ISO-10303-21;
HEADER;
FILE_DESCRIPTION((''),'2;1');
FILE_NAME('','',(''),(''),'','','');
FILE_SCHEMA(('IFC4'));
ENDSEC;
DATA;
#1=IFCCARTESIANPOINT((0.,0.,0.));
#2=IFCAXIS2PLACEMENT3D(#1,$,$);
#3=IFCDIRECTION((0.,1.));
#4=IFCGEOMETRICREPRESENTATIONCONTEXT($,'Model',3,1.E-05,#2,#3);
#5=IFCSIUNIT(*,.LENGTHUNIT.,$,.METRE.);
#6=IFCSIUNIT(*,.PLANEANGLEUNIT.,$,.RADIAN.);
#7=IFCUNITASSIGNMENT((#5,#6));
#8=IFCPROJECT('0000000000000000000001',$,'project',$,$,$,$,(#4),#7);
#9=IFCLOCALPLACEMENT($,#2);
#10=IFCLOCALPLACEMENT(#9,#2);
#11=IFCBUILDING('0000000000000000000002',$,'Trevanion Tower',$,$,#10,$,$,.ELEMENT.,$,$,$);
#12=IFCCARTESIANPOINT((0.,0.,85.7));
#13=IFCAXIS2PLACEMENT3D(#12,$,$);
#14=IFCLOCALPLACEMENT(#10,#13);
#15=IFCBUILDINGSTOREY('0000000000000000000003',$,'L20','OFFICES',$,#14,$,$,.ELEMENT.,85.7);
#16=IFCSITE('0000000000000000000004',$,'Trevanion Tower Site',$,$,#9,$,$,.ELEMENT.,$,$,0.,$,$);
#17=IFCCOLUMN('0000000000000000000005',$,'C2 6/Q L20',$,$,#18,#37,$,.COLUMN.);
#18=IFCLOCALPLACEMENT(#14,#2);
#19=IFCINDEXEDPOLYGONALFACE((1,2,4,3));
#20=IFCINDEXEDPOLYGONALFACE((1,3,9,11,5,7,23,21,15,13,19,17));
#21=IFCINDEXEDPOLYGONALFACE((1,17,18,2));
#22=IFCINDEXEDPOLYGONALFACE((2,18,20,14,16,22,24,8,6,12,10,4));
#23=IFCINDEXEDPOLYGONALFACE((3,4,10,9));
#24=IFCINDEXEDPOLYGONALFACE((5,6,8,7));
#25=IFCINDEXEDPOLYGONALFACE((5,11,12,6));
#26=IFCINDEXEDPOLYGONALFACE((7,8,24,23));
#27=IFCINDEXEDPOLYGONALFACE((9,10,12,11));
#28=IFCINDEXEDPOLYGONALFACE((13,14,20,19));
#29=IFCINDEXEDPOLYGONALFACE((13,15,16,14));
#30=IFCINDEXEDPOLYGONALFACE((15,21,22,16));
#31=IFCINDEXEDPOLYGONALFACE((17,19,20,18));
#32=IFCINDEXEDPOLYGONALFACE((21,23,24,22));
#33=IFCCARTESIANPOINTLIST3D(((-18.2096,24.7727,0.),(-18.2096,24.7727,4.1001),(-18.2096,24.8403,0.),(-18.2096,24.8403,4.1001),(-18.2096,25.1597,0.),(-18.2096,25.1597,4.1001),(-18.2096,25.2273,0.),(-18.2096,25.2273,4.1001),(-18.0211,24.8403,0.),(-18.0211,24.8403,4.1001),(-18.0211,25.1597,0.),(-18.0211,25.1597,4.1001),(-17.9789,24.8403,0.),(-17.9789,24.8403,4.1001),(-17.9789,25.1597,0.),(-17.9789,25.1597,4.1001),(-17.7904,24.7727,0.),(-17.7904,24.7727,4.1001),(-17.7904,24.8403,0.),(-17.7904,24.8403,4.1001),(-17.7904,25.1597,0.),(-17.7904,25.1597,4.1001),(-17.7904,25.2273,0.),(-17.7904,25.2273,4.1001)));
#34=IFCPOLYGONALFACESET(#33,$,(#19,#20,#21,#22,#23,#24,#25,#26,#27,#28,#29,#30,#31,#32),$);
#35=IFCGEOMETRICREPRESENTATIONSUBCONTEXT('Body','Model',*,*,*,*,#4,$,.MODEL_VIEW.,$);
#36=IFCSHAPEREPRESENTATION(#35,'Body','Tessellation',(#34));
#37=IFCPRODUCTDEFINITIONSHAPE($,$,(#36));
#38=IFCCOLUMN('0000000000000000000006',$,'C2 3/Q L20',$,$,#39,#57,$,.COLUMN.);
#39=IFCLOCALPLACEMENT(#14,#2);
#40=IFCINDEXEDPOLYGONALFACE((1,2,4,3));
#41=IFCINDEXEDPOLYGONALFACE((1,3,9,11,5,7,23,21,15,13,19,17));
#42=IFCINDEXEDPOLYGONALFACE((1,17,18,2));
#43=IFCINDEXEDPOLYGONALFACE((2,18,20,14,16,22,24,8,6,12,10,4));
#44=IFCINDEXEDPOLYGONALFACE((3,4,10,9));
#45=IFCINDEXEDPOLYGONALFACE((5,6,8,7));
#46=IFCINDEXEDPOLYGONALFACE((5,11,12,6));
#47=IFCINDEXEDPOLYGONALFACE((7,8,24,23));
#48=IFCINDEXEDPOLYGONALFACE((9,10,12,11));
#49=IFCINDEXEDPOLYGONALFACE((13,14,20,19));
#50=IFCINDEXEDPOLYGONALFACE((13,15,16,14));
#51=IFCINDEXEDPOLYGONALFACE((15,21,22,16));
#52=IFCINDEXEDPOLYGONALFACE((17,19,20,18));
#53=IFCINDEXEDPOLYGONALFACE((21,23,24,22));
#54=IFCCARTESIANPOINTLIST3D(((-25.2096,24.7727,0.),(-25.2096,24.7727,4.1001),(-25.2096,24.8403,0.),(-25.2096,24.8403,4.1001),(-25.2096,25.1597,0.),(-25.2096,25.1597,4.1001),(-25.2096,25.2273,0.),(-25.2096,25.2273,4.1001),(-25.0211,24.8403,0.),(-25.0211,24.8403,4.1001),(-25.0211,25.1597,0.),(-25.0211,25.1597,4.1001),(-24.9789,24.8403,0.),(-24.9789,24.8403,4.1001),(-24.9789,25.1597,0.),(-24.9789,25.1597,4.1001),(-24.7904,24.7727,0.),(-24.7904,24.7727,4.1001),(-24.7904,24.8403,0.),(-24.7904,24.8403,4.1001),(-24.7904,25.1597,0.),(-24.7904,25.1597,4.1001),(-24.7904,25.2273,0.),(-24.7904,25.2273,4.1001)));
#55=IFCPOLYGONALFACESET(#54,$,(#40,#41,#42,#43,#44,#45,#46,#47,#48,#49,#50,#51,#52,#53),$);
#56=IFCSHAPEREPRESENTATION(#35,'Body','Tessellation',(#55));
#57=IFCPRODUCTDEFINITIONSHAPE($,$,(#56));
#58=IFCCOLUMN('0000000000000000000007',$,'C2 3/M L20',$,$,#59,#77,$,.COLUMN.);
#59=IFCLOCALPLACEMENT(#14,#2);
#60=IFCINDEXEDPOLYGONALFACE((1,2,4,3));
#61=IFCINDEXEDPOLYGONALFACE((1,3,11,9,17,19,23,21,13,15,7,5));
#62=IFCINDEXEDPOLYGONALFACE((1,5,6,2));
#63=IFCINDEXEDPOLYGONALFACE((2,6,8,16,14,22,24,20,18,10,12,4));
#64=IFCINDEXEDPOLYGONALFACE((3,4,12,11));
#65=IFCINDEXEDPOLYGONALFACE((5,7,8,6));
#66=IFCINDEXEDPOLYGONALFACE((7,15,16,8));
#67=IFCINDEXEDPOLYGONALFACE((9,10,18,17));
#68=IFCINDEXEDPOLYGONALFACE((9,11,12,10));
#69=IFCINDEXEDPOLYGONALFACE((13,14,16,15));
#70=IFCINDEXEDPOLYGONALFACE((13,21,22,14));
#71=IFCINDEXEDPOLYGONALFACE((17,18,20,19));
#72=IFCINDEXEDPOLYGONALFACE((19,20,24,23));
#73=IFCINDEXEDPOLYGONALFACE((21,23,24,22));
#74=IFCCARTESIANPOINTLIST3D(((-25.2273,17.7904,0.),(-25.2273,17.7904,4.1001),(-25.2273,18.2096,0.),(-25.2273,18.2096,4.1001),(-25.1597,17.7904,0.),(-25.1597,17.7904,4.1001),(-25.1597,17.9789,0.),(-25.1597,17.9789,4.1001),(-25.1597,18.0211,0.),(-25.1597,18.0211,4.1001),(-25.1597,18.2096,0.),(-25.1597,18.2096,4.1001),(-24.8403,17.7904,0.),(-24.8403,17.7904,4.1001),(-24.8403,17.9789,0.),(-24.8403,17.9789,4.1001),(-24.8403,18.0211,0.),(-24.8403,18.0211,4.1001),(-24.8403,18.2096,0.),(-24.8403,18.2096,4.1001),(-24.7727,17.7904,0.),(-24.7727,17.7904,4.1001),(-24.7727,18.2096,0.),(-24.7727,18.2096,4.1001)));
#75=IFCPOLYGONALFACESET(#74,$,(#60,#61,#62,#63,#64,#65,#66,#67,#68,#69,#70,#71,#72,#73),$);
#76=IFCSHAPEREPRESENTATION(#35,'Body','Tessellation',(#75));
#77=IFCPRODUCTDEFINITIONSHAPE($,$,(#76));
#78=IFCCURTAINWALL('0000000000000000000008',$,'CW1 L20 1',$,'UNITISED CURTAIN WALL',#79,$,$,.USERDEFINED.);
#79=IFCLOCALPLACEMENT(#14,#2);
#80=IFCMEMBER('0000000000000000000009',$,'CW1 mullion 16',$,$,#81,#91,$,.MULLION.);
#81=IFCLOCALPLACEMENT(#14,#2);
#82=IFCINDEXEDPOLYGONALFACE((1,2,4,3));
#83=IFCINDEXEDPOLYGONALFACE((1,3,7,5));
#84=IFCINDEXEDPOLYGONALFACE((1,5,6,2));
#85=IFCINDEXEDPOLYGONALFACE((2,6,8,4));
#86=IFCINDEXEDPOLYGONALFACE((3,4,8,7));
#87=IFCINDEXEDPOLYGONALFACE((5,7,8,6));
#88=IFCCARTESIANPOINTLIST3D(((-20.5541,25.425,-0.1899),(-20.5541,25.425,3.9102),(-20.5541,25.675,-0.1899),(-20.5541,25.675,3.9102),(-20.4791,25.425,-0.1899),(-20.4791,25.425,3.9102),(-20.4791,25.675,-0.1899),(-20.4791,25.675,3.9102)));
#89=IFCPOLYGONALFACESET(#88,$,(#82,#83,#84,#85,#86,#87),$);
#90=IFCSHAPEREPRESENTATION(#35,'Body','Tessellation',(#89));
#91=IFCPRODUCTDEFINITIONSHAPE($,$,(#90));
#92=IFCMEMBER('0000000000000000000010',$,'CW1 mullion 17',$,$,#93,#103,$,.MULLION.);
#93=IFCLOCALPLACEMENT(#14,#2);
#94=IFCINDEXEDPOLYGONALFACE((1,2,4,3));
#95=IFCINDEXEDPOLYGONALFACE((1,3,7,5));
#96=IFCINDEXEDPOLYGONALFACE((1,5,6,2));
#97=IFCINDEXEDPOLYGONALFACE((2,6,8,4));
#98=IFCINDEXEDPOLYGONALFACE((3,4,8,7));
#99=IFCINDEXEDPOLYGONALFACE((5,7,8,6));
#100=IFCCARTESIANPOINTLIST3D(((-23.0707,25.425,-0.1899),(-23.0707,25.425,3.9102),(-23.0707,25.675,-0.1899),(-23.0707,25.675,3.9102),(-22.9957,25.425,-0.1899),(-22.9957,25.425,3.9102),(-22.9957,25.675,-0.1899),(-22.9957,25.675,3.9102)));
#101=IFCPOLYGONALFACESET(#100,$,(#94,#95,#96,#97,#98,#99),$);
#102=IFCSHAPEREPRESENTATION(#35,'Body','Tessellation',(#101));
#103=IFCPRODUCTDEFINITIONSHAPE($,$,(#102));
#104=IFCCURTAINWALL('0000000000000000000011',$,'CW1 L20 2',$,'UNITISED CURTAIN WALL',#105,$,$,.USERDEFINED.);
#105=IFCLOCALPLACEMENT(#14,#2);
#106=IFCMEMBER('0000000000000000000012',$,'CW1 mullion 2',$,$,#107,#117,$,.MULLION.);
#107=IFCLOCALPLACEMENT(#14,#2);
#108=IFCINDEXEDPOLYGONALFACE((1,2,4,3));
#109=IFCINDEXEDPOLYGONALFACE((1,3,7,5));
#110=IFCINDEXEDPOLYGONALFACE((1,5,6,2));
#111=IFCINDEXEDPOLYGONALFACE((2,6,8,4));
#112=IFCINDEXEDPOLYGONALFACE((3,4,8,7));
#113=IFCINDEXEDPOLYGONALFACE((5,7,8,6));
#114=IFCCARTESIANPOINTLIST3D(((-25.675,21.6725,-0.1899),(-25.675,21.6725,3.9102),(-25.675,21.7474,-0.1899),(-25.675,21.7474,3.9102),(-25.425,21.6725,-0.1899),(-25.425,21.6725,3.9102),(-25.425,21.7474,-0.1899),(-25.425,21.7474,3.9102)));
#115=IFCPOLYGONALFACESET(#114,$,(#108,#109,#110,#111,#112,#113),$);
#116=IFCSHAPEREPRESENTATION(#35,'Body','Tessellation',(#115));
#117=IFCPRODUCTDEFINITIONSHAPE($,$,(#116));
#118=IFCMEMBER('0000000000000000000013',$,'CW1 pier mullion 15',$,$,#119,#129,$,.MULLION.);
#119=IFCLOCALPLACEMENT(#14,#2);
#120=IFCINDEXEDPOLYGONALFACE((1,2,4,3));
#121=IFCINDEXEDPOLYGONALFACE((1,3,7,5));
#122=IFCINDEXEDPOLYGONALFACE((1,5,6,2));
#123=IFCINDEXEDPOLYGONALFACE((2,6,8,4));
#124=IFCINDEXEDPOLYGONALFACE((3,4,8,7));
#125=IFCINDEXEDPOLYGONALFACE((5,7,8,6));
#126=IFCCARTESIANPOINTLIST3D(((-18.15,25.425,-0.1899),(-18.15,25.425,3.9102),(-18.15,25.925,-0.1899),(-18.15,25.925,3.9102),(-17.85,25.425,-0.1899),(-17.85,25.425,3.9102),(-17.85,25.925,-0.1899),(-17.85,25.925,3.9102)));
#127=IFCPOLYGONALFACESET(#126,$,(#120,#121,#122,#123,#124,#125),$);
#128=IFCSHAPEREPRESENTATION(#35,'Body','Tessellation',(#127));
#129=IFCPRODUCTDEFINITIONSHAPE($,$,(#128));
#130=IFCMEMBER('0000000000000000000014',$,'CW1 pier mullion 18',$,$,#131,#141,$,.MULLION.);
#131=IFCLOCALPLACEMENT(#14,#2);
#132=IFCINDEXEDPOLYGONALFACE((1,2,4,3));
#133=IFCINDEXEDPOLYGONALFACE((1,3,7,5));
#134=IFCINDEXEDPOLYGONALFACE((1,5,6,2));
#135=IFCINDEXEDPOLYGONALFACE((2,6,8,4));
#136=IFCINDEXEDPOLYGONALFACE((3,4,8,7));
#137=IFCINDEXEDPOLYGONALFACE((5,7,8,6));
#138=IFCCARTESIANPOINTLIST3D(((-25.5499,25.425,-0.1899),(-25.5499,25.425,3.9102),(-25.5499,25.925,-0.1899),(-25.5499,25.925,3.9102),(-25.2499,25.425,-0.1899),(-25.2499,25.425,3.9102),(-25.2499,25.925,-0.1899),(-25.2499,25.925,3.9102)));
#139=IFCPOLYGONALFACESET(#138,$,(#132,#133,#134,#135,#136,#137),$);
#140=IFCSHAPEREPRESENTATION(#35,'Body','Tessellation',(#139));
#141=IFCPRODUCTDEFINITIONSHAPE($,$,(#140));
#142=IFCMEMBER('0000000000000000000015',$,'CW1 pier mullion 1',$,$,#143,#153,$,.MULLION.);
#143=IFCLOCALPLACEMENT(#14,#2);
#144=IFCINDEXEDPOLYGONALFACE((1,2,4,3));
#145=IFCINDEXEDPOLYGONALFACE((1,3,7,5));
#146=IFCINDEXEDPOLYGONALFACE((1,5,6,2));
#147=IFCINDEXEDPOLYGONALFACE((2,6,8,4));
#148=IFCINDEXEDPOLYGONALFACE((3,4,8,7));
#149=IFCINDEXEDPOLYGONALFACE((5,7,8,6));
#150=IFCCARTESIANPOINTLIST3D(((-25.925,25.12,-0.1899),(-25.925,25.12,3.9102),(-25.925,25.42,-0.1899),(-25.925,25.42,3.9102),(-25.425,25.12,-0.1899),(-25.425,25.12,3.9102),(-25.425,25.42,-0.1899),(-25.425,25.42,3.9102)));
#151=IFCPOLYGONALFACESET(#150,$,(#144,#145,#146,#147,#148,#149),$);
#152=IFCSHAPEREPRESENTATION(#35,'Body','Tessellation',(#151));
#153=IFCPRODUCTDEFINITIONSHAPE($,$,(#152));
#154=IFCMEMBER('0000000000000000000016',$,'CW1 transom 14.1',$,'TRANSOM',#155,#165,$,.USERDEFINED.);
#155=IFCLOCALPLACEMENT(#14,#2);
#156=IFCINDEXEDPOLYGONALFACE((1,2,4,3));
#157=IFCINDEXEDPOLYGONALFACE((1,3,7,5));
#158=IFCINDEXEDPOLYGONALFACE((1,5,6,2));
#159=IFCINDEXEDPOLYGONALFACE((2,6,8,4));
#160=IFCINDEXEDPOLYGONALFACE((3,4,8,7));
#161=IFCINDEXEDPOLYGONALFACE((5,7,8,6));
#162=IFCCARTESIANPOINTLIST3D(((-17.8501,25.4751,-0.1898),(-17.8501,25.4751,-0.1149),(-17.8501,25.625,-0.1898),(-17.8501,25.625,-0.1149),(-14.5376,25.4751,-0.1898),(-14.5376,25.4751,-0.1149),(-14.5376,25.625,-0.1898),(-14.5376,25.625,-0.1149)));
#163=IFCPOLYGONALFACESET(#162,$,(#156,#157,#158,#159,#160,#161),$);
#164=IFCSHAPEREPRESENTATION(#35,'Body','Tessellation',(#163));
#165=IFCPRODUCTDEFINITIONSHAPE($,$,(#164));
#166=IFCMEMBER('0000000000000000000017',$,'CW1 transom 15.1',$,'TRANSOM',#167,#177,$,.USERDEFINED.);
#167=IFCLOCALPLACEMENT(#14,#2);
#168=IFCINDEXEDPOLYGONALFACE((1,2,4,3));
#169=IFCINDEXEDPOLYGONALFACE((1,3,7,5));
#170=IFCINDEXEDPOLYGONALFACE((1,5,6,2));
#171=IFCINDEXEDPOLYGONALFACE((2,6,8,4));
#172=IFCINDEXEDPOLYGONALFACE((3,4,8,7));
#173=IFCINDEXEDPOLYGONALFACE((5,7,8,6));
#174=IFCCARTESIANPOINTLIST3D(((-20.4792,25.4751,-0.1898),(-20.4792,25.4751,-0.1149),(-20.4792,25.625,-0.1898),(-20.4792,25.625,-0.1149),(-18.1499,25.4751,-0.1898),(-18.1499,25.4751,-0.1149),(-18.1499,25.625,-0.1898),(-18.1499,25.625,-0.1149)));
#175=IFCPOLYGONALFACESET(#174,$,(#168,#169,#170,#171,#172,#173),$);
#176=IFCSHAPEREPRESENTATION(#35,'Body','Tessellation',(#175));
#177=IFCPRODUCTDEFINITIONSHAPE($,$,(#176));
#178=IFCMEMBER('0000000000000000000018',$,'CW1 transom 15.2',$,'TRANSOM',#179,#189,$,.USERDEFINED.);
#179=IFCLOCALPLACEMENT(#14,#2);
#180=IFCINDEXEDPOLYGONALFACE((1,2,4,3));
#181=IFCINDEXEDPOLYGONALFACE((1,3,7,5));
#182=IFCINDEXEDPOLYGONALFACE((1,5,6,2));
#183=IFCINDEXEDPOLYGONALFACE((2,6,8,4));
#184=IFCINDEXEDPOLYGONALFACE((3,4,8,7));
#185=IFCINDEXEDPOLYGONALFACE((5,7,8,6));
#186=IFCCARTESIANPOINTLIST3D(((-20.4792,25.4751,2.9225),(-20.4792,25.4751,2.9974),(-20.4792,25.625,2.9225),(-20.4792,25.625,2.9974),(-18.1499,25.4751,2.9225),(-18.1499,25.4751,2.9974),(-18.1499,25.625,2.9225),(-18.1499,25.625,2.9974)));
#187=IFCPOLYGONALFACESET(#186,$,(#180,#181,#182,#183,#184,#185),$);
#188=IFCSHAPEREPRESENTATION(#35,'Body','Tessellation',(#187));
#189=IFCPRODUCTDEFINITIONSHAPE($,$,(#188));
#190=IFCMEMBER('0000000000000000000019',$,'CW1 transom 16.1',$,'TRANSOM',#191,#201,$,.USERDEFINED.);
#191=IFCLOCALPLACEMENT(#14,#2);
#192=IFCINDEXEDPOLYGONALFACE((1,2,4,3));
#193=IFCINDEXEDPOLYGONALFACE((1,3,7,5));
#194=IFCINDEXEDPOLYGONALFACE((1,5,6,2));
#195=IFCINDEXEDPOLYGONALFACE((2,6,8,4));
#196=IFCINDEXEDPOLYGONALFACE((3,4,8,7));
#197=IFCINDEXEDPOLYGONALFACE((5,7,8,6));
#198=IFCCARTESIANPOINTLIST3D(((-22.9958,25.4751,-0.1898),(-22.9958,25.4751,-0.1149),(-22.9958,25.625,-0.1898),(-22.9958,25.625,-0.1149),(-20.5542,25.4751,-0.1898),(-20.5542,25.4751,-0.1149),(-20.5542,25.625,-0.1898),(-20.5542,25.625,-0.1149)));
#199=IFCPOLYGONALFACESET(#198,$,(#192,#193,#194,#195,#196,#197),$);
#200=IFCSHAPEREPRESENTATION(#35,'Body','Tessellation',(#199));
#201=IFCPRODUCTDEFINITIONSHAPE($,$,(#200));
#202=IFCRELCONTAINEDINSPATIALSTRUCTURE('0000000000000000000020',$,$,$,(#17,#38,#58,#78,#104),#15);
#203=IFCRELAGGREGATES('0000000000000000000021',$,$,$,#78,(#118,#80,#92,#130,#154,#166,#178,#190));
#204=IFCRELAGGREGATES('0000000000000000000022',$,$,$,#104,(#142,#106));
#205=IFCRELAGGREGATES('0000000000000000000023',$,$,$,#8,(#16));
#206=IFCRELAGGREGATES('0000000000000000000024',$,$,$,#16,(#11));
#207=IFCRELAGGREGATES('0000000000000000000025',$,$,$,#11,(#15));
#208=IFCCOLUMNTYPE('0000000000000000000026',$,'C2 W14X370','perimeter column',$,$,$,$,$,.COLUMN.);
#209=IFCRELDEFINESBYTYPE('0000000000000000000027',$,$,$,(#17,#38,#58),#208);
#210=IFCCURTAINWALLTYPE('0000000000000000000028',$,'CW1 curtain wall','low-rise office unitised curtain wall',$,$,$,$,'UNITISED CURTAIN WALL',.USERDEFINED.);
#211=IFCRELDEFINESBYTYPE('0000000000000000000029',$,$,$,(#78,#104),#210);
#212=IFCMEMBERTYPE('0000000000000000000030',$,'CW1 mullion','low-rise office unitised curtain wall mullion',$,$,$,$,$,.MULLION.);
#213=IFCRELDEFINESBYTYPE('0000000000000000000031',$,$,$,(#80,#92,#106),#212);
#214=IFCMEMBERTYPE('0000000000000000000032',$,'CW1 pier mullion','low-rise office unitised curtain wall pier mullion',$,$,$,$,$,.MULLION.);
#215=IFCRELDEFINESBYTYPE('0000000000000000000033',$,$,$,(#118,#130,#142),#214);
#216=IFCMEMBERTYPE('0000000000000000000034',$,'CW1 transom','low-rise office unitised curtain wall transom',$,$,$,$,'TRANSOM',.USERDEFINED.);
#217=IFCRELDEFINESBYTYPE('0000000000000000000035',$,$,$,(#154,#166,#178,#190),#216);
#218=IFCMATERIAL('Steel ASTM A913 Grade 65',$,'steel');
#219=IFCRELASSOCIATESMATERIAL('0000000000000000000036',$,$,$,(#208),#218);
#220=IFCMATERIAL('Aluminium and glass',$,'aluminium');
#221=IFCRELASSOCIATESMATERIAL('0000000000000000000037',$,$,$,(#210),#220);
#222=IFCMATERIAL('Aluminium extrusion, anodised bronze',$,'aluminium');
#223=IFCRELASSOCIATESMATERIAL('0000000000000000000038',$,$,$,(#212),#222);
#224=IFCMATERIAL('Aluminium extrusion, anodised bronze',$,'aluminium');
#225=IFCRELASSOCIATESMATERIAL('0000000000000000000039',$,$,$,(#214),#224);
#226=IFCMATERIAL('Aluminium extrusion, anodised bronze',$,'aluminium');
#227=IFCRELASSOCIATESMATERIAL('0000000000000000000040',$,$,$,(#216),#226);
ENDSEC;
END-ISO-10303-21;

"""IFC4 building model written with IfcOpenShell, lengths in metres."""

from ifc_helpers import new_model, si_unit, direction, frame, origin, origin_2d, place, context, subcontext, project, spatial, rectangle, i_section, extrude, material, material_profile, profile_set, type_object, element, aggregate, save


model = new_model("IFC4")

# Units and contexts
model_context = context("Model", 3, precision=1e-05, world=origin(), true_north=direction((0.0, 1.0)))
body_context = subcontext(model_context, "Body", "Model", "MODEL_VIEW")
ifc_project = project(units=[si_unit("LENGTHUNIT", "METRE"), si_unit("PLANEANGLEUNIT", "RADIAN")], contexts=[model_context])

# Site, building, storey
site_placement = place(None, origin())
site = spatial("IfcSite", under=ifc_project, at=site_placement, Name="Trevanion Tower Site", CompositionType="ELEMENT", RefElevation=0.0)
building_placement = place(site_placement, origin())
building = spatial("IfcBuilding", under=site, at=building_placement, Name="Trevanion Tower", CompositionType="ELEMENT")
storey_placement = place(building_placement, frame((0.0, 0.0, 85.7)))
storey = spatial("IfcBuildingStorey", under=building, at=storey_placement, Name="L20", Description="OFFICES", CompositionType="ELEMENT", Elevation=85.7)

# Columns
ifc_material_1 = material(Name="Steel ASTM A913 Grade 65", Category="steel")
ifc_material_profile_1 = material_profile(ifc_material_1, i_section(OverallWidth=0.4192, OverallDepth=0.4546, WebThickness=0.0422, FlangeThickness=0.0676, at=origin_2d()), Name="W14X370")
ifc_profile_set_1 = profile_set([ifc_material_profile_1], Name="Steel ASTM A913 Grade 65")
column_type = type_object("IfcColumnType", Name="C2 W14X370", Description="perimeter column", PredefinedType="COLUMN", material=ifc_profile_set_1)
for number, where, z_axis, x_axis, name in (
    (1, (-18.0, 25.0, 0.0), (0.0, 0.0, 1.0), (1.0, 0.0, 0.0), "C2 6/Q L20"),
    (2, (-25.0, 25.0, 0.0), (0.0, 0.0, 1.0), (1.0, 0.0, 0.0), "C2 3/Q L20"),
    (3, (-25.0, 18.0, 0.0), (0.0, 0.0, 1.0), (0.0, 1.0, 0.0), "C2 3/M L20"),
):
    element("IfcColumn", number, at=place(storey_placement, frame(where, z_axis=z_axis, x_axis=x_axis)), inside=storey, type_object=column_type, Name=name, PredefinedType="COLUMN", context=body_context, shape_type="SweptSolid", body=[
        extrude(i_section(OverallWidth=0.4192, OverallDepth=0.4546, WebThickness=0.0422, FlangeThickness=0.0676, at=origin_2d()), origin(), (0.0, 0.0, 1.0), 4.1001),
    ])

# Curtain wall, members
ifc_material_2 = material(Name="Aluminium and glass", Category="aluminium")
curtain_wall_type = type_object("IfcCurtainWallType", Name="CW1 curtain wall", Description="low-rise office unitised curtain wall", ElementType="UNITISED CURTAIN WALL", PredefinedType="USERDEFINED", material=ifc_material_2)
curtain_wall_1_placement = place(storey_placement, origin())
curtain_wall_1 = element("IfcCurtainWall", 4, at=curtain_wall_1_placement, inside=storey, type_object=curtain_wall_type, Name="CW1 L20 1", ObjectType="UNITISED CURTAIN WALL", PredefinedType="USERDEFINED")
ifc_material_3 = material(Name="Aluminium extrusion, anodised bronze", Category="aluminium")
ifc_material_profile_2 = material_profile(ifc_material_3, rectangle(XDim=0.075, YDim=0.25, at=origin_2d()), Name="CW1 mullion")
ifc_profile_set_2 = profile_set([ifc_material_profile_2], Name="Aluminium extrusion, anodised bronze")
member_type_1 = type_object("IfcMemberType", Name="CW1 mullion", Description="low-rise office unitised curtain wall mullion", PredefinedType="MULLION", material=ifc_profile_set_2)
member_1_placement = place(storey_placement, frame((-20.5166, 25.55, -0.1899), z_axis=(0.0, 0.0, 1.0), x_axis=(-1.0, 0.0, 0.0)))
member_1 = element("IfcMember", 5, at=member_1_placement, type_object=member_type_1, Name="CW1 mullion 16", PredefinedType="MULLION", context=body_context, shape_type="SweptSolid", body=[
    extrude(rectangle(XDim=0.075, YDim=0.25, at=origin_2d()), origin(), (0.0, 0.0, 1.0), 4.1001),
])
member_2_placement = place(storey_placement, frame((-23.0332, 25.55, -0.1899), z_axis=(0.0, 0.0, 1.0), x_axis=(-1.0, 0.0, 0.0)))
member_2 = element("IfcMember", 6, at=member_2_placement, type_object=member_type_1, Name="CW1 mullion 17", PredefinedType="MULLION", context=body_context, shape_type="SweptSolid", body=[
    extrude(rectangle(XDim=0.075, YDim=0.25, at=origin_2d()), origin(), (0.0, 0.0, 1.0), 4.1001),
])

# Curtain wall, member
curtain_wall_2_placement = place(storey_placement, origin())
curtain_wall_2 = element("IfcCurtainWall", 7, at=curtain_wall_2_placement, inside=storey, type_object=curtain_wall_type, Name="CW1 L20 2", ObjectType="UNITISED CURTAIN WALL", PredefinedType="USERDEFINED")
member_3_placement = place(storey_placement, frame((-25.55, 21.71, -0.1899), z_axis=(0.0, 0.0, 1.0), x_axis=(0.0, -1.0, 0.0)))
member_3 = element("IfcMember", 8, at=member_3_placement, type_object=member_type_1, Name="CW1 mullion 2", PredefinedType="MULLION", context=body_context, shape_type="SweptSolid", body=[
    extrude(rectangle(XDim=0.075, YDim=0.25, at=origin_2d()), origin(), (0.0, 0.0, 1.0), 4.1001),
])

# Members
ifc_material_4 = material(Name="Aluminium extrusion, anodised bronze", Category="aluminium")
ifc_material_profile_3 = material_profile(ifc_material_4, rectangle(XDim=0.3, YDim=0.5, at=origin_2d()), Name="CW1 pier mullion")
ifc_profile_set_3 = profile_set([ifc_material_profile_3], Name="Aluminium extrusion, anodised bronze")
member_type_2 = type_object("IfcMemberType", Name="CW1 pier mullion", Description="low-rise office unitised curtain wall pier mullion", PredefinedType="MULLION", material=ifc_profile_set_3)
member_4_placement = place(storey_placement, frame((-18.0, 25.675, -0.1899), z_axis=(0.0, 0.0, 1.0), x_axis=(-1.0, 0.0, 0.0)))
member_4 = element("IfcMember", 9, at=member_4_placement, type_object=member_type_2, Name="CW1 pier mullion 15", PredefinedType="MULLION", context=body_context, shape_type="SweptSolid", body=[
    extrude(rectangle(XDim=0.3, YDim=0.5, at=origin_2d()), origin(), (0.0, 0.0, 1.0), 4.1001),
])
member_5_placement = place(storey_placement, frame((-25.3999, 25.675, -0.1899), z_axis=(0.0, 0.0, 1.0), x_axis=(-1.0, 0.0, 0.0)))
member_5 = element("IfcMember", 10, at=member_5_placement, type_object=member_type_2, Name="CW1 pier mullion 18", PredefinedType="MULLION", context=body_context, shape_type="SweptSolid", body=[
    extrude(rectangle(XDim=0.3, YDim=0.5, at=origin_2d()), origin(), (0.0, 0.0, 1.0), 4.1001),
])
member_6_placement = place(storey_placement, frame((-25.675, 25.27, -0.1899), z_axis=(0.0, 0.0, 1.0), x_axis=(0.0, -1.0, 0.0)))
member_6 = element("IfcMember", 11, at=member_6_placement, type_object=member_type_2, Name="CW1 pier mullion 1", PredefinedType="MULLION", context=body_context, shape_type="SweptSolid", body=[
    extrude(rectangle(XDim=0.3, YDim=0.5, at=origin_2d()), origin(), (0.0, 0.0, 1.0), 4.1001),
])
ifc_material_5 = material(Name="Aluminium extrusion, anodised bronze", Category="aluminium")
ifc_material_profile_4 = material_profile(ifc_material_5, rectangle(XDim=0.1499, YDim=0.075, at=origin_2d()), Name="CW1 transom")
ifc_profile_set_4 = profile_set([ifc_material_profile_4], Name="Aluminium extrusion, anodised bronze")
member_type_3 = type_object("IfcMemberType", Name="CW1 transom", Description="low-rise office unitised curtain wall transom", ElementType="TRANSOM", PredefinedType="USERDEFINED", material=ifc_profile_set_4)
member_7_placement = place(storey_placement, frame((-14.5376, 25.55, -0.1523), z_axis=(-1.0, 0.0, 0.0), x_axis=(0.0, -1.0, 0.0)))
member_7 = element("IfcMember", 12, at=member_7_placement, type_object=member_type_3, Name="CW1 transom 14.1", ObjectType="TRANSOM", PredefinedType="USERDEFINED", context=body_context, shape_type="SweptSolid", body=[
    extrude(rectangle(XDim=0.1499, YDim=0.075, at=origin_2d()), origin(), (0.0, 0.0, 1.0), 3.3125),
])
member_8_placement = place(storey_placement, frame((-18.1499, 25.55, -0.1523), z_axis=(-1.0, 0.0, 0.0), x_axis=(0.0, -1.0, 0.0)))
member_8 = element("IfcMember", 13, at=member_8_placement, type_object=member_type_3, Name="CW1 transom 15.1", ObjectType="TRANSOM", PredefinedType="USERDEFINED", context=body_context, shape_type="SweptSolid", body=[
    extrude(rectangle(XDim=0.1499, YDim=0.075, at=origin_2d()), origin(), (0.0, 0.0, 1.0), 2.3293),
])
member_9_placement = place(storey_placement, frame((-18.1499, 25.55, 2.96), z_axis=(-1.0, 0.0, 0.0), x_axis=(0.0, -1.0, 0.0)))
member_9 = element("IfcMember", 14, at=member_9_placement, type_object=member_type_3, Name="CW1 transom 15.2", ObjectType="TRANSOM", PredefinedType="USERDEFINED", context=body_context, shape_type="SweptSolid", body=[
    extrude(rectangle(XDim=0.1499, YDim=0.075, at=origin_2d()), origin(), (0.0, 0.0, 1.0), 2.3293),
])
member_10_placement = place(storey_placement, frame((-20.5542, 25.55, -0.1523), z_axis=(-1.0, 0.0, 0.0), x_axis=(0.0, -1.0, 0.0)))
member_10 = element("IfcMember", 15, at=member_10_placement, type_object=member_type_3, Name="CW1 transom 16.1", ObjectType="TRANSOM", PredefinedType="USERDEFINED", context=body_context, shape_type="SweptSolid", body=[
    extrude(rectangle(XDim=0.1499, YDim=0.075, at=origin_2d()), origin(), (0.0, 0.0, 1.0), 2.4417),
])

aggregate(curtain_wall_1, [member_4, member_1, member_2, member_5, member_7, member_8, member_9, member_10])
aggregate(curtain_wall_2, [member_6, member_3])

save(model, "model.ifc")
